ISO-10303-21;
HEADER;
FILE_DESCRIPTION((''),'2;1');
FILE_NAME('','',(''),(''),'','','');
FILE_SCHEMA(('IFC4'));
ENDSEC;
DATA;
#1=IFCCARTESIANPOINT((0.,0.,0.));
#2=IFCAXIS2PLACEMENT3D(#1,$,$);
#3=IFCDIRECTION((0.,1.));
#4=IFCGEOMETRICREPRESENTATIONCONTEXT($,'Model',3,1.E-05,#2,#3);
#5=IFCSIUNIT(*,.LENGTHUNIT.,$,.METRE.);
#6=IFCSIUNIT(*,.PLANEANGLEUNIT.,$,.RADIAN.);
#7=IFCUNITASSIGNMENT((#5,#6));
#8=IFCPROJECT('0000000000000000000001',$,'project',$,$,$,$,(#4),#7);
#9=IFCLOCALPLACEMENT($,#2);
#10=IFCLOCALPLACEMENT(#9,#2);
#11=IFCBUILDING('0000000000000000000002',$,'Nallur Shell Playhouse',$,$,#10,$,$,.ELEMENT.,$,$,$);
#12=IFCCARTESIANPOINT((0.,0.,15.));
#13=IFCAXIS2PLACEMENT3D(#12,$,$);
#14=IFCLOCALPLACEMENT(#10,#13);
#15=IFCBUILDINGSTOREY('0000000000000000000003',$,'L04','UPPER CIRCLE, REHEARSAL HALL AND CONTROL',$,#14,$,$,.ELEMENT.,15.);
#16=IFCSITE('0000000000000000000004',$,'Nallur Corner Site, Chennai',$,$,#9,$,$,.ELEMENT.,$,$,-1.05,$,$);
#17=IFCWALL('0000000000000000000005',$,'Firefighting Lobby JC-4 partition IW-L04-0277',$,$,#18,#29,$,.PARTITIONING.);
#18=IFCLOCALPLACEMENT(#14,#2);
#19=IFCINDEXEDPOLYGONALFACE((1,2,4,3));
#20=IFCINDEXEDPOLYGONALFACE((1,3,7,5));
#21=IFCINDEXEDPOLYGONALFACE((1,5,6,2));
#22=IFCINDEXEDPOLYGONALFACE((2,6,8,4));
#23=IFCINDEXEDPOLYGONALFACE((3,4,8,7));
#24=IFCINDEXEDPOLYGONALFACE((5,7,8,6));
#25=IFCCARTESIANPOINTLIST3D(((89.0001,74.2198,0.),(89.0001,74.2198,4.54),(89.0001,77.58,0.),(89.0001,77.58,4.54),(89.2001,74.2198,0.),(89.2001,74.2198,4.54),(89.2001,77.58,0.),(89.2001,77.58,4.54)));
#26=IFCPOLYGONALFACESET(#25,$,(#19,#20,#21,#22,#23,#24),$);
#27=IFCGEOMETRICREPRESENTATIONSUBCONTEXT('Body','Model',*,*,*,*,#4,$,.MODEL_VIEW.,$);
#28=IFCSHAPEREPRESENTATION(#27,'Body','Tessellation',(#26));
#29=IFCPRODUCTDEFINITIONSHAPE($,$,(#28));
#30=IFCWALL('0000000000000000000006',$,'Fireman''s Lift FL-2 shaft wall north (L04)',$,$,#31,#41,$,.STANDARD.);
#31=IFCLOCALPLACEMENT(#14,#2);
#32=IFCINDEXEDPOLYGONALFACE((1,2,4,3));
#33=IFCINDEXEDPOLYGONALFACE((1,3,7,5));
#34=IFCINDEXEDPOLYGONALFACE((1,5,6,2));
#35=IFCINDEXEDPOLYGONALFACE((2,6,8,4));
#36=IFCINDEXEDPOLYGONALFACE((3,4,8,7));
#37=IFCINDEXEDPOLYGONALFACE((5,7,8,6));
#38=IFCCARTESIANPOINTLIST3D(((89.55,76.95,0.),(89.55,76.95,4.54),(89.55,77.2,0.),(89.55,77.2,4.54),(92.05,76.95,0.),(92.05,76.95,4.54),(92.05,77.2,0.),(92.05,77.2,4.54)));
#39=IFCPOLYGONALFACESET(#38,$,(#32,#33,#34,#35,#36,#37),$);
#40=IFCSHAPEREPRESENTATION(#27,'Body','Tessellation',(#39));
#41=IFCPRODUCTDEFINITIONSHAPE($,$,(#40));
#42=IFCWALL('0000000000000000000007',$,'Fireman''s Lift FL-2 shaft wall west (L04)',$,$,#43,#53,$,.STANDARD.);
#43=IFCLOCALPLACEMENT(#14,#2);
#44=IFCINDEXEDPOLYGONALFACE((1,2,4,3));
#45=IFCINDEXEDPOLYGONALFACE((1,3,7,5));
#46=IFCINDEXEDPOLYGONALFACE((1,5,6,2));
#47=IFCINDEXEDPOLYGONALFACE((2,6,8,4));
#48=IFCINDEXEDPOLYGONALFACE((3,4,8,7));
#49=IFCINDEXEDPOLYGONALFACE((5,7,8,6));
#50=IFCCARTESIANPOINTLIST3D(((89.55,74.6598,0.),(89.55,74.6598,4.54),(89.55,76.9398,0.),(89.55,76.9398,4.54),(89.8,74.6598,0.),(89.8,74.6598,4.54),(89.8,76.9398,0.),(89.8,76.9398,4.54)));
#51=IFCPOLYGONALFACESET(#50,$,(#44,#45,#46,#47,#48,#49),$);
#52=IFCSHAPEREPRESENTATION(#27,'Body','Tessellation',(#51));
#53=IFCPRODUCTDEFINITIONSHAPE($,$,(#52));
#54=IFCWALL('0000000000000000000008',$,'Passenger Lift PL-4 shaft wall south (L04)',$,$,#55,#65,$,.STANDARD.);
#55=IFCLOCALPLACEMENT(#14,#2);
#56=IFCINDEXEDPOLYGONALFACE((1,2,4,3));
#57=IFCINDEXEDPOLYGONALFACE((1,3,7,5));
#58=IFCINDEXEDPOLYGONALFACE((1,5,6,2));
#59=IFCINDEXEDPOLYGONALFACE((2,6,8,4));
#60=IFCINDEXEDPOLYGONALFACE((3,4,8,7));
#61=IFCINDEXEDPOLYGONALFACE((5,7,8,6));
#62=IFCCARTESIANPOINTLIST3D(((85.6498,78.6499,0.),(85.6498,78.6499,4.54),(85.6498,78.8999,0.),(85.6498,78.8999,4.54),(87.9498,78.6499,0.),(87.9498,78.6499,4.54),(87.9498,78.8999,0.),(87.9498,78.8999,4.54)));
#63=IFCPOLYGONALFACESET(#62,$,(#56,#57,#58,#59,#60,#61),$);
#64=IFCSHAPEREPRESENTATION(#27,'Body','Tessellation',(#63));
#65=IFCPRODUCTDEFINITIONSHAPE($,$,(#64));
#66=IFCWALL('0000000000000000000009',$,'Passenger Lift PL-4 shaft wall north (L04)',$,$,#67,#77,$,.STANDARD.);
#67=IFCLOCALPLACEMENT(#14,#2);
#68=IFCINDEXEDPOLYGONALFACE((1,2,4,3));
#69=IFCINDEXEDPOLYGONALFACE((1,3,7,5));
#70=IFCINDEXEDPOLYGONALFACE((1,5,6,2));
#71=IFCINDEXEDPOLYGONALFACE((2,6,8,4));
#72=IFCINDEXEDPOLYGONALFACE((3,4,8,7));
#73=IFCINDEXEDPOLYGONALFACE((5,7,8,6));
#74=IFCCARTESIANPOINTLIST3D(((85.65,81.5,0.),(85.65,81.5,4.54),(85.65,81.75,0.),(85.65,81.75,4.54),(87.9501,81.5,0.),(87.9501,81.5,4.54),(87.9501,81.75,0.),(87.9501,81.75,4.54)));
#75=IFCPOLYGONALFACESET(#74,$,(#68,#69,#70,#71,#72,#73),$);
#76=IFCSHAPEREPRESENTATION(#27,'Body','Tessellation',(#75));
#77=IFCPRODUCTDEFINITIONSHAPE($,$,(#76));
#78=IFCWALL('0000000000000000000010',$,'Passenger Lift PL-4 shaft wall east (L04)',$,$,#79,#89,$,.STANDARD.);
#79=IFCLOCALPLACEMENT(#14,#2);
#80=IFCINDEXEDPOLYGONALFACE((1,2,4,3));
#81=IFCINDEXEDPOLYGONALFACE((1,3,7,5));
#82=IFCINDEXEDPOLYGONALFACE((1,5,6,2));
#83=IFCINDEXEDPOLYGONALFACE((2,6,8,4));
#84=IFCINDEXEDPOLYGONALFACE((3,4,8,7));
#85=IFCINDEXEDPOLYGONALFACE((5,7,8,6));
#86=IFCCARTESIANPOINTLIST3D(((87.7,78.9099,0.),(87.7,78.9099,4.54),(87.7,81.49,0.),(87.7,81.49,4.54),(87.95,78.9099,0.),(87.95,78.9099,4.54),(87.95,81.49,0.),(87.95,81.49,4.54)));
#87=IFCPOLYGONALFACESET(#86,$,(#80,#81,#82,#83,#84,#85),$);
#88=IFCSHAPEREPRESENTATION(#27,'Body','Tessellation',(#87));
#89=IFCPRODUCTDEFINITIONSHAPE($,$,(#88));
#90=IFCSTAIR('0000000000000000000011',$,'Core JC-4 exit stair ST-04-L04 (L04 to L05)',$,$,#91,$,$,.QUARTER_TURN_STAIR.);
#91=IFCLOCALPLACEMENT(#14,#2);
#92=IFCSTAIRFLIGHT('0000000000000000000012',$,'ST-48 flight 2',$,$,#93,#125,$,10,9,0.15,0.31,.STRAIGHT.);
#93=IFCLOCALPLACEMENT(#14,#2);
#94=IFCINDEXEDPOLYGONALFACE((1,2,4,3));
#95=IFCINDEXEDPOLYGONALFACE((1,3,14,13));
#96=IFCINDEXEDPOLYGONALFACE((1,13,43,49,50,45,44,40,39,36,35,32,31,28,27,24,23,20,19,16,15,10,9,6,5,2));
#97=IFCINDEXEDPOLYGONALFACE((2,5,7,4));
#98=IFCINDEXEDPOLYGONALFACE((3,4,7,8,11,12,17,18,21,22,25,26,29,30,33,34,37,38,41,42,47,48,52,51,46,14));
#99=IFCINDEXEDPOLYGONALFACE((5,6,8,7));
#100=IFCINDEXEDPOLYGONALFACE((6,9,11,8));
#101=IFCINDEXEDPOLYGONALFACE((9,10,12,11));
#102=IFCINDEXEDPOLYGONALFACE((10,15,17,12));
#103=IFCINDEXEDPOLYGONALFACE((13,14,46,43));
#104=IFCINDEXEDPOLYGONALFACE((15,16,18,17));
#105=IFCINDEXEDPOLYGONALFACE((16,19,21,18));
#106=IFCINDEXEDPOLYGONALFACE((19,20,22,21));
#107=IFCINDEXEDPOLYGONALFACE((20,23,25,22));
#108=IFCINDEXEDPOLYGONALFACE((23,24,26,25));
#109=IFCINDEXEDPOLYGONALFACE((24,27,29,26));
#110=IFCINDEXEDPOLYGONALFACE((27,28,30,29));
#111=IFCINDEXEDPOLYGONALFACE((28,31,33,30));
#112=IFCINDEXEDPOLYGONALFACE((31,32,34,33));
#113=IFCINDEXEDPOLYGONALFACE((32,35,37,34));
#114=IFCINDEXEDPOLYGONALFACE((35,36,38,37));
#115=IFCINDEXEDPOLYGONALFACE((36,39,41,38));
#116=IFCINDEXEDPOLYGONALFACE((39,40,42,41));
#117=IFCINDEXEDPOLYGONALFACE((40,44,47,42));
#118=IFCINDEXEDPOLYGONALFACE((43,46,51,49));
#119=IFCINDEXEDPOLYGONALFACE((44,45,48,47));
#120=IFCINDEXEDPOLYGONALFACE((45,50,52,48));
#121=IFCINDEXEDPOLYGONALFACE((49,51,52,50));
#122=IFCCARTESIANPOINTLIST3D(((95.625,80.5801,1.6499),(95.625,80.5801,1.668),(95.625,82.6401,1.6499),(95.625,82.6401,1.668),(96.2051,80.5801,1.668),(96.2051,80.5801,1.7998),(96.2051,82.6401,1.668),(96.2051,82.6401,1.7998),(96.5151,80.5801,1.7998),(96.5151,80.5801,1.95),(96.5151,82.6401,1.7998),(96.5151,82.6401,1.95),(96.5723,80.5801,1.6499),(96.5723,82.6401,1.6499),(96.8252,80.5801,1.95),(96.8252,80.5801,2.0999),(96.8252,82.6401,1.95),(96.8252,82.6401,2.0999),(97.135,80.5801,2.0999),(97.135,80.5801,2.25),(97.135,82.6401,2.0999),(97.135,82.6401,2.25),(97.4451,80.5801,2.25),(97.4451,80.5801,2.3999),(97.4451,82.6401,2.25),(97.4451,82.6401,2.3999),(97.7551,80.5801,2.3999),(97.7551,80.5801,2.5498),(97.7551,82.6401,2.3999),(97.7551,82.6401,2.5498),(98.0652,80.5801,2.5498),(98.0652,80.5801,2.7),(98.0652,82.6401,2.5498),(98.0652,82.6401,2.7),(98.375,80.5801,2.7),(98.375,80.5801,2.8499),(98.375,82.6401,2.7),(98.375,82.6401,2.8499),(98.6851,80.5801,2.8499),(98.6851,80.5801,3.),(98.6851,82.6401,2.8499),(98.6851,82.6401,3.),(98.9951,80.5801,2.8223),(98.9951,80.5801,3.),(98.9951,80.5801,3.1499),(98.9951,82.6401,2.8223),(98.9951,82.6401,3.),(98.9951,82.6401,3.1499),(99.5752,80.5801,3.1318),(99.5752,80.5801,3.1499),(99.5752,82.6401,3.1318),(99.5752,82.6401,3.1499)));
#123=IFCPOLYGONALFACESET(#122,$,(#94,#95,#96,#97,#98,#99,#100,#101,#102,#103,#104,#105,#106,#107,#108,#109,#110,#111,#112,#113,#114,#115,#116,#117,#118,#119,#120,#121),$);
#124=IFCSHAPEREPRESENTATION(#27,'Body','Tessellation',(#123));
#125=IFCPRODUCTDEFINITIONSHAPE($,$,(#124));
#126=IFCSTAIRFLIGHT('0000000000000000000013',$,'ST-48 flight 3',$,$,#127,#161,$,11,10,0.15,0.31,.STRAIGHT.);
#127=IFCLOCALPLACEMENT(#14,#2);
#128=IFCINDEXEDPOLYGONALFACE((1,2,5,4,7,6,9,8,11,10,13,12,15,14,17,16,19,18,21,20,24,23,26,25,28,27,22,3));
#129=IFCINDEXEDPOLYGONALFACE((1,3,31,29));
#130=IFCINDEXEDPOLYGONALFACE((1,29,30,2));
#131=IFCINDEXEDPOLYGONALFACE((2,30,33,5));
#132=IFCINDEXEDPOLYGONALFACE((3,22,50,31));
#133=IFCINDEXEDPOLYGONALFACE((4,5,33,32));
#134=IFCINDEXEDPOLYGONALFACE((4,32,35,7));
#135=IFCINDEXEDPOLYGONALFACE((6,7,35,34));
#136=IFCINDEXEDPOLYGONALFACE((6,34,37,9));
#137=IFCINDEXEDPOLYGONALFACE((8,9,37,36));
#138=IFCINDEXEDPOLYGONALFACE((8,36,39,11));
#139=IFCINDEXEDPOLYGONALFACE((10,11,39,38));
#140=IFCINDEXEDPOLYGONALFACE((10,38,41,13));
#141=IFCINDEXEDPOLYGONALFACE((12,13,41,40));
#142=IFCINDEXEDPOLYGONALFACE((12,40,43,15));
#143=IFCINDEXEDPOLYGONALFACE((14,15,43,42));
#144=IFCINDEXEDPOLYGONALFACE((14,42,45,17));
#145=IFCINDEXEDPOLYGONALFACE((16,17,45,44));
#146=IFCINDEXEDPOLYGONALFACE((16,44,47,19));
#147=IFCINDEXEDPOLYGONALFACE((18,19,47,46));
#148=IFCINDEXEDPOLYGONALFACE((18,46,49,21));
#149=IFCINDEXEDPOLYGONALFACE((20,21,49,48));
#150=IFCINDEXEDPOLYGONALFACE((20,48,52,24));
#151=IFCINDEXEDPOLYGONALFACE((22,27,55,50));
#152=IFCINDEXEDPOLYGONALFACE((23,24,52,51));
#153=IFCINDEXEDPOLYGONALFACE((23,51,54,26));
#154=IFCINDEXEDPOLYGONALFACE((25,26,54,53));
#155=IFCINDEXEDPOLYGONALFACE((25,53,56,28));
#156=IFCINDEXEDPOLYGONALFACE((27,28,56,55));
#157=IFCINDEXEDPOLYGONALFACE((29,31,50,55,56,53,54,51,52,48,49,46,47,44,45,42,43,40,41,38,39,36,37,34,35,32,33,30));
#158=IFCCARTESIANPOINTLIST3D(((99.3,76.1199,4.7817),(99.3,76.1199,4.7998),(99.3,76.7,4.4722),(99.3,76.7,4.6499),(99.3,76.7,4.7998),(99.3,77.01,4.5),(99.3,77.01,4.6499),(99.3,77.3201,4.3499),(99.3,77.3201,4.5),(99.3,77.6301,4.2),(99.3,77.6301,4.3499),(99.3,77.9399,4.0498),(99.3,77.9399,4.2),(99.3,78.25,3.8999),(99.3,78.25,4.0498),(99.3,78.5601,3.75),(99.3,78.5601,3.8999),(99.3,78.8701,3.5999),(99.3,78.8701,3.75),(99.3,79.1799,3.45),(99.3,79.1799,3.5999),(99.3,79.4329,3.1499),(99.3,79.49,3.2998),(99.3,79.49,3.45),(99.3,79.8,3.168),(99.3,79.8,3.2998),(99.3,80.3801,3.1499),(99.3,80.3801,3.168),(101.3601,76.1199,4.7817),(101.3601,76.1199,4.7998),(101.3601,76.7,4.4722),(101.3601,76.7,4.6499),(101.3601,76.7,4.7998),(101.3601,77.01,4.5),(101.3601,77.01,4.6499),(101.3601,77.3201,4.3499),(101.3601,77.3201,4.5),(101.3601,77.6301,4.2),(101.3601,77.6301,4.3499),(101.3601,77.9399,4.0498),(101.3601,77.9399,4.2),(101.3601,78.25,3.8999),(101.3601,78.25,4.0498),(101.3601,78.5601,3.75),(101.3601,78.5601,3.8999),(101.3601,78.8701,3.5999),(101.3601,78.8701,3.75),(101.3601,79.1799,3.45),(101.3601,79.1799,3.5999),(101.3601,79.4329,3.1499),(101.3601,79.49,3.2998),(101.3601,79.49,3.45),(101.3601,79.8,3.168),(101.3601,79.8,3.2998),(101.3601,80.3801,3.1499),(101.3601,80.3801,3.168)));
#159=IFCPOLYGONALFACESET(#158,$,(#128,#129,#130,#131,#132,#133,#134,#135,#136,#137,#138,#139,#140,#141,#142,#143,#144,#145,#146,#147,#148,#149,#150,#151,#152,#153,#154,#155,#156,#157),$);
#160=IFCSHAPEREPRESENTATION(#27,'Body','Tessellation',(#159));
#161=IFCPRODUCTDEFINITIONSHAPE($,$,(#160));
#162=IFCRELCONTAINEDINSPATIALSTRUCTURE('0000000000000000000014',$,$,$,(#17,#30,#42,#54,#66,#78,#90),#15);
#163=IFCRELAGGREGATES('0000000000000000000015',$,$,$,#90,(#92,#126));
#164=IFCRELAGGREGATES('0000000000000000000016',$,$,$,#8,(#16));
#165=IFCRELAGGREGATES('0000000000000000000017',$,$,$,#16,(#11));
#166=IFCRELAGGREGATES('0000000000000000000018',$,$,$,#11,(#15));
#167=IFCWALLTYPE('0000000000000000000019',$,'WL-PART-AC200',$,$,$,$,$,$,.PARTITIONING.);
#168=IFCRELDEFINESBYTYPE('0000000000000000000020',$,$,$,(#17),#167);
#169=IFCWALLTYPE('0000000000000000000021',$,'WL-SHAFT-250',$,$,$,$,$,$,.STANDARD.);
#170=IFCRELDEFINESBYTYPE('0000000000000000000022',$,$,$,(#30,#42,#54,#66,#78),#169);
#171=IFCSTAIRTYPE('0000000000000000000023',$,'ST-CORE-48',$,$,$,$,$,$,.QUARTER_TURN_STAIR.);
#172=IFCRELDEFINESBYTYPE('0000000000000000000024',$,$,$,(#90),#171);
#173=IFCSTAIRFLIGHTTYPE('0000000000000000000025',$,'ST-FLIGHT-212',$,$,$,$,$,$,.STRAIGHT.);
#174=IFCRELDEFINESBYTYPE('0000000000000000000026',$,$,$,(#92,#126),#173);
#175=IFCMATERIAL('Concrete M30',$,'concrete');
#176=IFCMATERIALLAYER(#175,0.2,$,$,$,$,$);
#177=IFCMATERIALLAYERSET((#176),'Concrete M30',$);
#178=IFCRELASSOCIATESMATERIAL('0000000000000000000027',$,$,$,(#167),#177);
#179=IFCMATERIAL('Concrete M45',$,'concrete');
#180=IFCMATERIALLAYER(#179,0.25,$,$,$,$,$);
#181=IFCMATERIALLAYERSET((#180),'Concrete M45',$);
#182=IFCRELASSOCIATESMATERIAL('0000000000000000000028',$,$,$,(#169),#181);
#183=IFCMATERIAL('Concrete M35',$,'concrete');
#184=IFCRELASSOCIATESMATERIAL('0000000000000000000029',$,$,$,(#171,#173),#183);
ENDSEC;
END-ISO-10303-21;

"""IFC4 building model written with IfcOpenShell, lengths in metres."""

from ifc_helpers import new_model, si_unit, direction, frame, frame_2d, origin, place, context, subcontext, project, spatial, polyline, rectangle, outline, extrude, material, layer, layer_set, type_object, element, aggregate, save


model = new_model("IFC4")

# Units and contexts
model_context = context("Model", 3, precision=1e-05, world=origin(), true_north=direction((0.0, 1.0)))
body_context = subcontext(model_context, "Body", "Model", "MODEL_VIEW")
ifc_project = project(units=[si_unit("LENGTHUNIT", "METRE"), si_unit("PLANEANGLEUNIT", "RADIAN")], contexts=[model_context])

# Site, building, storey
site_placement = place(None, origin())
site = spatial("IfcSite", under=ifc_project, at=site_placement, Name="Nallur Corner Site, Chennai", CompositionType="ELEMENT", RefElevation=-1.05)
building_placement = place(site_placement, origin())
building = spatial("IfcBuilding", under=site, at=building_placement, Name="Nallur Shell Playhouse", CompositionType="ELEMENT")
storey_placement = place(building_placement, frame((0.0, 0.0, 15.0)))
storey = spatial("IfcBuildingStorey", under=building, at=storey_placement, Name="L04", Description="UPPER CIRCLE, REHEARSAL HALL AND CONTROL", CompositionType="ELEMENT", Elevation=15.0)

# Shared definitions
ifc_material_1 = material(Name="Concrete M35", Category="concrete")

# Walls
ifc_material_2 = material(Name="Concrete M45", Category="concrete")
ifc_material_3 = material(Name="Concrete M30", Category="concrete")
ifc_layer_1 = layer(ifc_material_3, 0.2)
ifc_layer_set_1 = layer_set([ifc_layer_1], Name="Concrete M30")
wall_type_1 = type_object("IfcWallType", Name="WL-PART-AC200", PredefinedType="PARTITIONING", material=ifc_layer_set_1)
wall_1_placement = place(storey_placement, frame((89.1001, 77.5801, 0.0), z_axis=(0.0, 0.0, 1.0), x_axis=(0.0, -1.0, 0.0)))
element("IfcWall", 1, at=wall_1_placement, inside=storey, type_object=wall_type_1, Name="Firefighting Lobby JC-4 partition IW-L04-0277", PredefinedType="PARTITIONING", context=body_context, shape_type="SweptSolid", body=[
    extrude(rectangle(XDim=3.3601, YDim=0.2, at=frame_2d((1.6802, 0.0))), origin(), (0.0, 0.0, 1.0), 4.54),
])
ifc_layer_2 = layer(ifc_material_2, 0.25)
ifc_layer_set_2 = layer_set([ifc_layer_2], Name="Concrete M45")
wall_type_2 = type_object("IfcWallType", Name="WL-SHAFT-250", PredefinedType="STANDARD", material=ifc_layer_set_2)
wall_2_placement = place(storey_placement, frame((92.05, 77.075, 0.0), z_axis=(0.0, 0.0, 1.0), x_axis=(-1.0, 0.0, 0.0)))
element("IfcWall", 2, at=wall_2_placement, inside=storey, type_object=wall_type_2, Name="Fireman's Lift FL-2 shaft wall north (L04)", PredefinedType="STANDARD", context=body_context, shape_type="SweptSolid", body=[
    extrude(rectangle(XDim=2.5, YDim=0.25, at=frame_2d((1.25, 0.0))), origin(), (0.0, 0.0, 1.0), 4.54),
])
wall_3_placement = place(storey_placement, frame((89.675, 76.9399, 0.0), z_axis=(0.0, 0.0, 1.0), x_axis=(0.0, -1.0, 0.0)))
element("IfcWall", 3, at=wall_3_placement, inside=storey, type_object=wall_type_2, Name="Fireman's Lift FL-2 shaft wall west (L04)", PredefinedType="STANDARD", context=body_context, shape_type="SweptSolid", body=[
    extrude(rectangle(XDim=2.28, YDim=0.25, at=frame_2d((1.1401, 0.0))), origin(), (0.0, 0.0, 1.0), 4.54),
])
for number, where, z_axis, x_axis, name in (
    (4, (85.6499, 78.7749, 0.0), (0.0, 0.0, 1.0), (1.0, 0.0, 0.0), "Passenger Lift PL-4 shaft wall south (L04)"),
    (5, (87.95, 81.625, 0.0), (0.0, 0.0, 1.0), (-1.0, 0.0, 0.0), "Passenger Lift PL-4 shaft wall north (L04)"),
):
    element("IfcWall", number, at=place(storey_placement, frame(where, z_axis=z_axis, x_axis=x_axis)), inside=storey, type_object=wall_type_2, Name=name, PredefinedType="STANDARD", context=body_context, shape_type="SweptSolid", body=[
        extrude(rectangle(XDim=2.3, YDim=0.25, at=frame_2d((1.1499, 0.0))), origin(), (0.0, 0.0, 1.0), 4.54),
    ])
wall_4_placement = place(storey_placement, frame((87.825, 78.9099, 0.0), z_axis=(0.0, 0.0, 1.0), x_axis=(0.0, 1.0, 0.0)))
element("IfcWall", 6, at=wall_4_placement, inside=storey, type_object=wall_type_2, Name="Passenger Lift PL-4 shaft wall east (L04)", PredefinedType="STANDARD", context=body_context, shape_type="SweptSolid", body=[
    extrude(rectangle(XDim=2.5801, YDim=0.25, at=frame_2d((1.29, 0.0))), origin(), (0.0, 0.0, 1.0), 4.54),
])

# Stair, stair flights
stair_type = type_object("IfcStairType", Name="ST-CORE-48", PredefinedType="QUARTER_TURN_STAIR", material=ifc_material_1)
stair_placement = place(storey_placement, origin())
stair = element("IfcStair", 7, at=stair_placement, inside=storey, type_object=stair_type, Name="Core JC-4 exit stair ST-04-L04 (L04 to L05)", PredefinedType="QUARTER_TURN_STAIR")
stair_flight_type = type_object("IfcStairFlightType", Name="ST-FLIGHT-212", PredefinedType="STRAIGHT", material=ifc_material_1)
stair_flight_1_placement = place(storey_placement, frame((96.2051, 81.6101, 1.6499), z_axis=(0.0, 0.0, 1.0), x_axis=(1.0, 0.0, 0.0)))
stair_flight_1 = element("IfcStairFlight", 8, at=stair_flight_1_placement, type_object=stair_flight_type, Name="ST-48 flight 2", NumberOfRisers=10, NumberOfTreads=9, PredefinedType="STRAIGHT", RiserHeight=0.15, TreadLength=0.31, context=body_context, shape_type="SweptSolid", body=[
    extrude(outline(polyline([(-0.5801, 0.0), (-0.5801, 0.0181), (0.0, 0.0181), (0.0, 0.1499), (0.3101, 0.1499), (0.3101, 0.3), (0.6201, 0.3), (0.6201, 0.45), (0.9299, 0.45), (0.9299, 0.6001), (1.24, 0.6001), (1.24, 0.75), (1.55, 0.75), (1.55, 0.8999), (1.8601, 0.8999), (1.8601, 1.05), (2.1699, 1.05), (2.1699, 1.2), (2.48, 1.2), (2.48, 1.3501), (2.79, 1.3501), (2.79, 1.5), (3.3701, 1.5), (3.3701, 1.4819), (2.79, 1.1724), (0.3672, 0.0), (-0.5801, 0.0)])), frame((0.0, 1.03, 0.0), z_axis=(0.0, -1.0, 0.0), x_axis=(1.0, 0.0, 0.0)), (0.0, 0.0, 1.0), 2.0601),
])
stair_flight_2_placement = place(storey_placement, frame((100.3301, 79.8, 3.1499), z_axis=(0.0, 0.0, 1.0), x_axis=(0.0, -1.0, 0.0)))
stair_flight_2 = element("IfcStairFlight", 9, at=stair_flight_2_placement, type_object=stair_flight_type, Name="ST-48 flight 3", NumberOfRisers=11, NumberOfTreads=10, PredefinedType="STRAIGHT", RiserHeight=0.15, TreadLength=0.31, context=body_context, shape_type="SweptSolid", body=[
    extrude(outline(polyline([(-0.5801, 0.0), (-0.5801, 0.0181), (0.0, 0.0181), (0.0, 0.1499), (0.3101, 0.1499), (0.3101, 0.3), (0.6201, 0.3), (0.6201, 0.45), (0.9299, 0.45), (0.9299, 0.6001), (1.24, 0.6001), (1.24, 0.75), (1.55, 0.75), (1.55, 0.8999), (1.8601, 0.8999), (1.8601, 1.05), (2.1699, 1.05), (2.1699, 1.2), (2.48, 1.2), (2.48, 1.3501), (2.79, 1.3501), (2.79, 1.5), (3.1001, 1.5), (3.1001, 1.6499), (3.6802, 1.6499), (3.6802, 1.6318), (3.1001, 1.3223), (0.3672, 0.0), (-0.5801, 0.0)])), frame((0.0, 1.03, 0.0), z_axis=(0.0, -1.0, 0.0), x_axis=(1.0, 0.0, 0.0)), (0.0, 0.0, 1.0), 2.0601),
])
aggregate(stair, [stair_flight_1, stair_flight_2])

save(model, "model.ifc")
